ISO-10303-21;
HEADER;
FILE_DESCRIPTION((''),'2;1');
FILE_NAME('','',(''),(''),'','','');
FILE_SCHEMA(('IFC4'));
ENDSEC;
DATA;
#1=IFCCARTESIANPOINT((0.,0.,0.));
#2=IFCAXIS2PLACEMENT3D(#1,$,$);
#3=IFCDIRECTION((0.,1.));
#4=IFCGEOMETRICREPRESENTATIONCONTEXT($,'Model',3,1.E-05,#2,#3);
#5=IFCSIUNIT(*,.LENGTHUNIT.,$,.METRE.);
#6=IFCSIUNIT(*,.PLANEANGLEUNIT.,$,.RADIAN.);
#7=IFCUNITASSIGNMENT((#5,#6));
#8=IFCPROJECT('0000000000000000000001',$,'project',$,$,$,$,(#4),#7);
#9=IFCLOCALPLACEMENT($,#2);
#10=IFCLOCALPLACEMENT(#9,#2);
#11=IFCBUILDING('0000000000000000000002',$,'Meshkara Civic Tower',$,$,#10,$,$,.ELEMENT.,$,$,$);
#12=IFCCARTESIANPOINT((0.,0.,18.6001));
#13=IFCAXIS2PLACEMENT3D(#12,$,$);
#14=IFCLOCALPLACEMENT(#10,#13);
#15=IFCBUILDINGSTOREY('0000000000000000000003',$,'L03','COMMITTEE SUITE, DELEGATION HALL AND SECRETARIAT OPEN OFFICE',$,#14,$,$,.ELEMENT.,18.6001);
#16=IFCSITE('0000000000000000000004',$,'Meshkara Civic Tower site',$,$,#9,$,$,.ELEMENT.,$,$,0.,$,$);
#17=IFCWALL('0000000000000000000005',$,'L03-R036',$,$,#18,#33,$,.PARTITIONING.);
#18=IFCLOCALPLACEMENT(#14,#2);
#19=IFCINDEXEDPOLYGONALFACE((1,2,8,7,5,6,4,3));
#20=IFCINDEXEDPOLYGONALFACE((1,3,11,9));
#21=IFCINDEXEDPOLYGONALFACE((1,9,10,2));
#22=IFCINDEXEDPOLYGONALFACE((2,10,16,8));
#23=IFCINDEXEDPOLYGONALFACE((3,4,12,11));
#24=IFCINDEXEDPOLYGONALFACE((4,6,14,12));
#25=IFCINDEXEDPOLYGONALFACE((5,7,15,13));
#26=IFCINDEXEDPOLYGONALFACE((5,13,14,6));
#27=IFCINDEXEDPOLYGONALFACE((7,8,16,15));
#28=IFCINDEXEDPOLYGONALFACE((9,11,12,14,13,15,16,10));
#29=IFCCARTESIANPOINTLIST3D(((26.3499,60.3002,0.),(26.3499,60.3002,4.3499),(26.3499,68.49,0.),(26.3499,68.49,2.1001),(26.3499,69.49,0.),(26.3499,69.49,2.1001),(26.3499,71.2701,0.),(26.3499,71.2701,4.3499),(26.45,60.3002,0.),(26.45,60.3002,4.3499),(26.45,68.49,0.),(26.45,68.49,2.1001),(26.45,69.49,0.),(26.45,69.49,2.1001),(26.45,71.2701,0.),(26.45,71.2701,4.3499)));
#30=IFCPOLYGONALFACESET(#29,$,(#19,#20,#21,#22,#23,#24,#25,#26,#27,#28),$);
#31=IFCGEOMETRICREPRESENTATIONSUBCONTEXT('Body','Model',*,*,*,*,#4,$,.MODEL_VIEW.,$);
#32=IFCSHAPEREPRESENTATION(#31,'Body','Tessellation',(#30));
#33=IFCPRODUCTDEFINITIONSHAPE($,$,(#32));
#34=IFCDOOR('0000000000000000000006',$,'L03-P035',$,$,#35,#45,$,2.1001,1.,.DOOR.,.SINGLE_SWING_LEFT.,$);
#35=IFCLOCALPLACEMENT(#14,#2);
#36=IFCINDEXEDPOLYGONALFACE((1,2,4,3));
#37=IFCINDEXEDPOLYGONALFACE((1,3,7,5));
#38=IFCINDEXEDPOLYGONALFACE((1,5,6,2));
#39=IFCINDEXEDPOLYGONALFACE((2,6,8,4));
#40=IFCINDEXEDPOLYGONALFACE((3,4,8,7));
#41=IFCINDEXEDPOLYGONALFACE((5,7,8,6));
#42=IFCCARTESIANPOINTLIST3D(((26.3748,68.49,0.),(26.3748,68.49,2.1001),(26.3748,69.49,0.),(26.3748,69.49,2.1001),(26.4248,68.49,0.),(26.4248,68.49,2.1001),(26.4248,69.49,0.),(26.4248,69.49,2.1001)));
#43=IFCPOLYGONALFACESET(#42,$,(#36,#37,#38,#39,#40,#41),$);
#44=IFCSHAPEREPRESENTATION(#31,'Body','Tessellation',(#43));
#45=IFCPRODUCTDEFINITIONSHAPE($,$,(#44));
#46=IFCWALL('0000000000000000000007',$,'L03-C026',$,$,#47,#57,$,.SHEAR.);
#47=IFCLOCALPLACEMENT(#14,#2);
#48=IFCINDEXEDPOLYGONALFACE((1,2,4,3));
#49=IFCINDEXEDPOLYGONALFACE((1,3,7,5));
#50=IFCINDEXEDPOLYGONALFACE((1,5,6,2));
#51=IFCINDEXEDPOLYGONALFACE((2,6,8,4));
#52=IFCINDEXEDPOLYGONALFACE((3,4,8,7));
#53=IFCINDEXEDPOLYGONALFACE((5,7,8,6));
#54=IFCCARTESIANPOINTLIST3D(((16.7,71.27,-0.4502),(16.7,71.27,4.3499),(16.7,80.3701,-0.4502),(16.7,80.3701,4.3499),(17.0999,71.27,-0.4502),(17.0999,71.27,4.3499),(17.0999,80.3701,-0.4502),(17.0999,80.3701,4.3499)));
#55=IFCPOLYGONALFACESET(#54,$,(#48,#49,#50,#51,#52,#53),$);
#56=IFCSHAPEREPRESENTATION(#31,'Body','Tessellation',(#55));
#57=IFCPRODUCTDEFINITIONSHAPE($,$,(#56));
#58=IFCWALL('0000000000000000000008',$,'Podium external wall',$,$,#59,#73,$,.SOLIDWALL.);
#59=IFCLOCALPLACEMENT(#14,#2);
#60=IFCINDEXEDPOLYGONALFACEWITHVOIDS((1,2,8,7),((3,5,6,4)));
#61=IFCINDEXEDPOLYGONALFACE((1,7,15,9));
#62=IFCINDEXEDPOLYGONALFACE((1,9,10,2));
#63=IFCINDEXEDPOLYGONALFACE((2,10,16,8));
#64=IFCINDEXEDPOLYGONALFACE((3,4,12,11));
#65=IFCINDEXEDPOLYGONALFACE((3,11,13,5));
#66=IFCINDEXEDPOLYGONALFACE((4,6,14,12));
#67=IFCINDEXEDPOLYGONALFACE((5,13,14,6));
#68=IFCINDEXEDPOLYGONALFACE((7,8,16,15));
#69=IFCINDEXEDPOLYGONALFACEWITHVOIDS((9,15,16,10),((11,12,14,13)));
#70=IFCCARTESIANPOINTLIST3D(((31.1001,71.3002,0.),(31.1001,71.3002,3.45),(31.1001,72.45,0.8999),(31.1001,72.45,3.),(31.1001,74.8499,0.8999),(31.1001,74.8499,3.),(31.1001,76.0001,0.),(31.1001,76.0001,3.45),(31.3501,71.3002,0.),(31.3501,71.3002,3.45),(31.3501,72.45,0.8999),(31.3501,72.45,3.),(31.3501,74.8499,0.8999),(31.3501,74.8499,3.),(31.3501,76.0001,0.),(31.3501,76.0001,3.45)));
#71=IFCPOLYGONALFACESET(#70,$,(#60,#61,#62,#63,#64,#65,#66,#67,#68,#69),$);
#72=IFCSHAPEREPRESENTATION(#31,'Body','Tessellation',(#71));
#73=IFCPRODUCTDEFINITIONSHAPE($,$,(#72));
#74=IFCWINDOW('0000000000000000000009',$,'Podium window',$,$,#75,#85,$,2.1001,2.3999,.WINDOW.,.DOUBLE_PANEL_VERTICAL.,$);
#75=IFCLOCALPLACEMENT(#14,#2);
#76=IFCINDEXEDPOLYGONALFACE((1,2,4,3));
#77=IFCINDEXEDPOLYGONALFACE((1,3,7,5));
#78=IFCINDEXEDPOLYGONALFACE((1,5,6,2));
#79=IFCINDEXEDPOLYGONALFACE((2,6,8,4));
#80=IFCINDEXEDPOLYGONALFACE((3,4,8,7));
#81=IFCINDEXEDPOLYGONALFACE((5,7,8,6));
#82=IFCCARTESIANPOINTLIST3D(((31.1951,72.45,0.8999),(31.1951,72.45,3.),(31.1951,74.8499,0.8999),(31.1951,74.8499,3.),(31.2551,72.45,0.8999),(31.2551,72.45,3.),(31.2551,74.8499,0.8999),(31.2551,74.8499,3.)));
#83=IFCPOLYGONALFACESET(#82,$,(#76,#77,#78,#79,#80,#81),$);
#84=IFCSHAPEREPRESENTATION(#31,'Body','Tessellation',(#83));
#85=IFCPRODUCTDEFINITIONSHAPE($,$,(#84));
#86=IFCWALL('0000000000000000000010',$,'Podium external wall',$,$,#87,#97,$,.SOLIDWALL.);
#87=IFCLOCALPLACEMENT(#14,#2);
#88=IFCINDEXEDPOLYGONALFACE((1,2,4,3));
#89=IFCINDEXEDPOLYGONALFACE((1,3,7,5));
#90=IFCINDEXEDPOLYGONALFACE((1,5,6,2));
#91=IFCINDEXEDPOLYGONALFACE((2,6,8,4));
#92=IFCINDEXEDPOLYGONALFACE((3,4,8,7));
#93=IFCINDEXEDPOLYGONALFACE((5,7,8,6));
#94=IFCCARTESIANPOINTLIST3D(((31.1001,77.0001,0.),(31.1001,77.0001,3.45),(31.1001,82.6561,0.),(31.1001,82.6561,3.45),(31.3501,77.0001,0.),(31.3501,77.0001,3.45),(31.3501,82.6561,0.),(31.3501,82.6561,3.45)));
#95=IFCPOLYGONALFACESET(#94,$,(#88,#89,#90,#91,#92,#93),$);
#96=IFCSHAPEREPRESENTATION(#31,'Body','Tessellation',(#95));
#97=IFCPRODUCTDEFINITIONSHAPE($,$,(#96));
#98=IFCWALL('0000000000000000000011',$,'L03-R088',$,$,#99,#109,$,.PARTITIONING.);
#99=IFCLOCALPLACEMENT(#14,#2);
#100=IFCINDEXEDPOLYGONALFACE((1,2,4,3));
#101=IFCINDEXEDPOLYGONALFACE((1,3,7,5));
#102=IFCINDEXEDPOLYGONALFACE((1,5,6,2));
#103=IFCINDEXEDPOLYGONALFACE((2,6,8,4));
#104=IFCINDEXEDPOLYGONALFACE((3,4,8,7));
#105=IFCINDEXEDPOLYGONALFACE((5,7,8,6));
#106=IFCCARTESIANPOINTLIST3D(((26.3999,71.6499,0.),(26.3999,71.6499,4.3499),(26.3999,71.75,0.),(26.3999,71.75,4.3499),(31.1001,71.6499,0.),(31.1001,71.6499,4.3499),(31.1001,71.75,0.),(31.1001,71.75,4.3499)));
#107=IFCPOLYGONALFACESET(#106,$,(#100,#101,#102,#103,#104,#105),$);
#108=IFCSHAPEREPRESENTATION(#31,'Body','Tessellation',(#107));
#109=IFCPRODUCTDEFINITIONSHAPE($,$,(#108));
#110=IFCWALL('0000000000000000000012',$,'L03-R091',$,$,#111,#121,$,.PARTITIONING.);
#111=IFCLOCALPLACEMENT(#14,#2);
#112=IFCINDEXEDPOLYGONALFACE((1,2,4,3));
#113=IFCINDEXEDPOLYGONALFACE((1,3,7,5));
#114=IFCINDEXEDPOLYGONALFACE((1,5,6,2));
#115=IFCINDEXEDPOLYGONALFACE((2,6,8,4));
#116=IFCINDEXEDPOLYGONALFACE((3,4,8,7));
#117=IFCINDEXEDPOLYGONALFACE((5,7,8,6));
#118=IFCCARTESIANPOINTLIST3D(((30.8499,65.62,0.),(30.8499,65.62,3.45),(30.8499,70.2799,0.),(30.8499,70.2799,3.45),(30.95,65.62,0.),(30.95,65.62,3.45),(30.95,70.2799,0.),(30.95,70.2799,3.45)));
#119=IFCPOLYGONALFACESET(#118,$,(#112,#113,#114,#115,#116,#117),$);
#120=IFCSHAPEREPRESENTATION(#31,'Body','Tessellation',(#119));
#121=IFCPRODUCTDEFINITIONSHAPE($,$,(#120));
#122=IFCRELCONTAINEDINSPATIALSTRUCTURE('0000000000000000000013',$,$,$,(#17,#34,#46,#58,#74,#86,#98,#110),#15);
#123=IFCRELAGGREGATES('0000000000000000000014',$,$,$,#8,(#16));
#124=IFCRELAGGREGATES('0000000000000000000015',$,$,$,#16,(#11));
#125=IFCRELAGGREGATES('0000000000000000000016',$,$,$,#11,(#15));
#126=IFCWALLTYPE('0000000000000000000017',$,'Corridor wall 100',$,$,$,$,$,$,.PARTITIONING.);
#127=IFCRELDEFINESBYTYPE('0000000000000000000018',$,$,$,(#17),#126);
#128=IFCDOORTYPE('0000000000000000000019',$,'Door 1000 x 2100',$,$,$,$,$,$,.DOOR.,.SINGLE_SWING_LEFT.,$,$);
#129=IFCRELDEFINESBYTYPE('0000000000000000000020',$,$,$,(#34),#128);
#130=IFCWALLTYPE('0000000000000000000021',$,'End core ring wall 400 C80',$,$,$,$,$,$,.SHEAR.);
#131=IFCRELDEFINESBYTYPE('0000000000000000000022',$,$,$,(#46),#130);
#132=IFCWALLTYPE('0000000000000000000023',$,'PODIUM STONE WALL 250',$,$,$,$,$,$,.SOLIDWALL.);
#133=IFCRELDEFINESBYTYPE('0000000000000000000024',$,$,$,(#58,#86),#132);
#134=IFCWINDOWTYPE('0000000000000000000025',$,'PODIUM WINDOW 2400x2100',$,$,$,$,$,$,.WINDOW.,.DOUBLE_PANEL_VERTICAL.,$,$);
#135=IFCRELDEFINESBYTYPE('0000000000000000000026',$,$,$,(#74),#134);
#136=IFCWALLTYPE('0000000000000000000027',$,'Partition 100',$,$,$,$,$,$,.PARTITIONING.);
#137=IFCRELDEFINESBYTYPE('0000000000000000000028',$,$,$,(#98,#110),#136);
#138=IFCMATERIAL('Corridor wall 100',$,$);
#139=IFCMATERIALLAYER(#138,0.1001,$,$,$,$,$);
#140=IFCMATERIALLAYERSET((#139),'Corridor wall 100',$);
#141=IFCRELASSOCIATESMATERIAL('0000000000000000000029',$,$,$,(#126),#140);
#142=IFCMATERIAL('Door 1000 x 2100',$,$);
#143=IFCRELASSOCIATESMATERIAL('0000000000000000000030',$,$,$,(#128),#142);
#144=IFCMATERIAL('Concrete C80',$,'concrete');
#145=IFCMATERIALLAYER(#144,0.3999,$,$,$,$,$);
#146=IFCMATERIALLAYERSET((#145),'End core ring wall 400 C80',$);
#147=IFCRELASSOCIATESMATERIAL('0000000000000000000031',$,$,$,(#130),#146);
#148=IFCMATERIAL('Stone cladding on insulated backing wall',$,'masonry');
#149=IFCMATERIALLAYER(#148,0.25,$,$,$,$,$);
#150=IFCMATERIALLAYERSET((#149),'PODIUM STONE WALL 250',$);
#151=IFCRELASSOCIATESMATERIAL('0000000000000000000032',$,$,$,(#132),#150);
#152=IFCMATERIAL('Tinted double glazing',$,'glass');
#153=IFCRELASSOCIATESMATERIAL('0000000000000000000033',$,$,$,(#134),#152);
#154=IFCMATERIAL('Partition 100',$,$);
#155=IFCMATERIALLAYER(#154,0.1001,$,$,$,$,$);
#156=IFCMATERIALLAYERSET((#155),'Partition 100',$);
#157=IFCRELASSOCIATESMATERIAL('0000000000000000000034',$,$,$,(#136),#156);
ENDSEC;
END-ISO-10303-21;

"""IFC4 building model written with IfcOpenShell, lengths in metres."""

from ifc_helpers import new_model, si_unit, direction, frame, frame_2d, origin, place, context, subcontext, project, spatial, rectangle, extrude, material, layer, layer_set, type_object, element, fill, save


model = new_model("IFC4")

# Units and contexts
model_context = context("Model", 3, precision=1e-05, world=origin(), true_north=direction((0.0, 1.0)))
body_context = subcontext(model_context, "Body", "Model", "MODEL_VIEW")
ifc_project = project(units=[si_unit("LENGTHUNIT", "METRE"), si_unit("PLANEANGLEUNIT", "RADIAN")], contexts=[model_context])

# Site, building, storey
site_placement = place(None, origin())
site = spatial("IfcSite", under=ifc_project, at=site_placement, Name="Meshkara Civic Tower site", CompositionType="ELEMENT", RefElevation=0.0)
building_placement = place(site_placement, origin())
building = spatial("IfcBuilding", under=site, at=building_placement, Name="Meshkara Civic Tower", CompositionType="ELEMENT")
storey_placement = place(building_placement, frame((0.0, 0.0, 18.6001)))
storey = spatial("IfcBuildingStorey", under=building, at=storey_placement, Name="L03", Description="COMMITTEE SUITE, DELEGATION HALL AND SECRETARIAT OPEN OFFICE", CompositionType="ELEMENT", Elevation=18.6001)

# Shared definitions
ifc_material_1 = material(Name="Corridor wall 100")
ifc_layer_1 = layer(ifc_material_1, 0.1001)
ifc_layer_set_1 = layer_set([ifc_layer_1], Name="Corridor wall 100")
wall_type_1 = type_object("IfcWallType", Name="Corridor wall 100", PredefinedType="PARTITIONING", material=ifc_layer_set_1)

# Wall, opening, door
ifc_material_2 = material(Name="Door 1000 x 2100")
door_type_1 = type_object("IfcDoorType", Name="Door 1000 x 2100", OperationType="SINGLE_SWING_LEFT", PredefinedType="DOOR", material=ifc_material_2)
wall_1_placement = place(storey_placement, frame((26.3999, 71.27, 0.0), z_axis=(0.0, 0.0, 1.0), x_axis=(0.0, -1.0, 0.0)))
wall_1 = element("IfcWall", 1, at=wall_1_placement, inside=storey, type_object=wall_type_1, Name="L03-R036", PredefinedType="PARTITIONING", context=body_context, shape_type="SweptSolid", body=[
    extrude(rectangle(XDim=10.97, YDim=0.1001, at=frame_2d((5.4849, 0.0))), origin(), (0.0, 0.0, 1.0), 4.3499),
])
opening_1_placement = place(wall_1_placement, frame((1.78, 0.0, 0.0)))
opening_1 = element("IfcOpeningElement", 2, at=opening_1_placement, cuts=wall_1, PredefinedType="OPENING", context=body_context, shape_type="SweptSolid", body=[
    extrude(rectangle(XDim=1.0, YDim=2.1001, at=frame_2d((0.5, 1.05))), frame((0.0, 0.0601, 0.0), z_axis=(0.0, -1.0, 0.0), x_axis=(1.0, 0.0, 0.0)), (0.0, 0.0, 1.0), 0.1201),
])
door_1_placement = place(opening_1_placement, origin())
door_1 = element("IfcDoor", 3, at=door_1_placement, inside=storey, type_object=door_type_1, Name="L03-P035", OperationType="SINGLE_SWING_LEFT", OverallHeight=2.1001, OverallWidth=1.0, PredefinedType="DOOR", context=body_context, shape_type="SweptSolid", body=[
    extrude(rectangle(XDim=1.0, YDim=2.1001, at=frame_2d((0.5, 1.05))), frame((0.0, 0.0249, 0.0), z_axis=(0.0, -1.0, 0.0), x_axis=(1.0, 0.0, 0.0)), (0.0, 0.0, 1.0), 0.05),
])
fill(opening_1, door_1)

# Wall
ifc_material_3 = material(Name="Concrete C80", Category="concrete")
ifc_layer_2 = layer(ifc_material_3, 0.3999)
ifc_layer_set_2 = layer_set([ifc_layer_2], Name="End core ring wall 400 C80")
wall_type_2 = type_object("IfcWallType", Name="End core ring wall 400 C80", PredefinedType="SHEAR", material=ifc_layer_set_2)
wall_2_placement = place(storey_placement, frame((16.8999, 71.27, -0.4502), z_axis=(0.0, 0.0, 1.0), x_axis=(0.0, 1.0, 0.0)))
element("IfcWall", 4, at=wall_2_placement, inside=storey, type_object=wall_type_2, Name="L03-C026", PredefinedType="SHEAR", context=body_context, shape_type="SweptSolid", body=[
    extrude(rectangle(XDim=9.1001, YDim=0.3999, at=frame_2d((4.55, 0.0))), origin(), (0.0, 0.0, 1.0), 4.8),
])

# Wall, opening, window
ifc_material_4 = material(Name="Stone cladding on insulated backing wall", Category="masonry")
ifc_layer_3 = layer(ifc_material_4, 0.25)
ifc_layer_set_3 = layer_set([ifc_layer_3], Name="PODIUM STONE WALL 250")
wall_type_3 = type_object("IfcWallType", Name="PODIUM STONE WALL 250", PredefinedType="SOLIDWALL", material=ifc_layer_set_3)
wall_3_placement = place(storey_placement, frame((31.2251, 71.3, 0.0), z_axis=(0.0, 0.0, 1.0), x_axis=(0.0, 1.0, 0.0)))
wall_3 = element("IfcWall", 5, at=wall_3_placement, inside=storey, type_object=wall_type_3, Name="Podium external wall", PredefinedType="SOLIDWALL", context=body_context, shape_type="SweptSolid", body=[
    extrude(rectangle(XDim=4.7, YDim=0.25, at=frame_2d((2.3501, 0.0))), origin(), (0.0, 0.0, 1.0), 3.45),
])
opening_2_placement = place(wall_3_placement, frame((1.1499, 0.0, 0.8999)))
opening_2 = element("IfcOpeningElement", 6, at=opening_2_placement, cuts=wall_3, PredefinedType="OPENING", context=body_context, shape_type="SweptSolid", body=[
    extrude(rectangle(XDim=2.3999, YDim=2.1001, at=frame_2d((1.2, 1.05))), frame((0.0, 0.135, 0.0), z_axis=(0.0, -1.0, 0.0), x_axis=(1.0, 0.0, 0.0)), (0.0, 0.0, 1.0), 0.27),
])
ifc_material_5 = material(Name="Tinted double glazing", Category="glass")
window_type = type_object("IfcWindowType", Name="PODIUM WINDOW 2400x2100", PartitioningType="DOUBLE_PANEL_VERTICAL", PredefinedType="WINDOW", material=ifc_material_5)
window_placement = place(opening_2_placement, origin())
window = element("IfcWindow", 7, at=window_placement, inside=storey, type_object=window_type, Name="Podium window", OverallHeight=2.1001, OverallWidth=2.3999, PartitioningType="DOUBLE_PANEL_VERTICAL", PredefinedType="WINDOW", context=body_context, shape_type="SweptSolid", body=[
    extrude(rectangle(XDim=2.3999, YDim=2.1001, at=frame_2d((1.2, 1.05))), frame((0.0, 0.03, 0.0), z_axis=(0.0, -1.0, 0.0), x_axis=(1.0, 0.0, 0.0)), (0.0, 0.0, 1.0), 0.0601),
])
fill(opening_2, window)

# Walls
wall_4_placement = place(storey_placement, frame((31.2251, 77.0, 0.0), z_axis=(0.0, 0.0, 1.0), x_axis=(0.0, 1.0, 0.0)))
element("IfcWall", 8, at=wall_4_placement, inside=storey, type_object=wall_type_3, Name="Podium external wall", PredefinedType="SOLIDWALL", context=body_context, shape_type="SweptSolid", body=[
    extrude(rectangle(XDim=5.656, YDim=0.25, at=frame_2d((2.8281, 0.0))), origin(), (0.0, 0.0, 1.0), 3.45),
])
ifc_material_6 = material(Name="Partition 100")
ifc_layer_4 = layer(ifc_material_6, 0.1001)
ifc_layer_set_4 = layer_set([ifc_layer_4], Name="Partition 100")
wall_type_4 = type_object("IfcWallType", Name="Partition 100", PredefinedType="PARTITIONING", material=ifc_layer_set_4)
wall_5_placement = place(storey_placement, frame((26.3999, 71.7, 0.0), z_axis=(0.0, 0.0, 1.0), x_axis=(1.0, 0.0, 0.0)))
element("IfcWall", 9, at=wall_5_placement, inside=storey, type_object=wall_type_4, Name="L03-R088", PredefinedType="PARTITIONING", context=body_context, shape_type="SweptSolid", body=[
    extrude(rectangle(XDim=4.7002, YDim=0.1001, at=frame_2d((2.3501, 0.0))), origin(), (0.0, 0.0, 1.0), 4.3499),
])
wall_6_placement = place(storey_placement, frame((30.8999, 70.28, 0.0), z_axis=(0.0, 0.0, 1.0), x_axis=(0.0, -1.0, 0.0)))
element("IfcWall", 10, at=wall_6_placement, inside=storey, type_object=wall_type_4, Name="L03-R091", PredefinedType="PARTITIONING", context=body_context, shape_type="SweptSolid", body=[
    extrude(rectangle(XDim=4.6599, YDim=0.1001, at=frame_2d((2.3301, 0.0))), origin(), (0.0, 0.0, 1.0), 3.45),
])

save(model, "model.ifc")
